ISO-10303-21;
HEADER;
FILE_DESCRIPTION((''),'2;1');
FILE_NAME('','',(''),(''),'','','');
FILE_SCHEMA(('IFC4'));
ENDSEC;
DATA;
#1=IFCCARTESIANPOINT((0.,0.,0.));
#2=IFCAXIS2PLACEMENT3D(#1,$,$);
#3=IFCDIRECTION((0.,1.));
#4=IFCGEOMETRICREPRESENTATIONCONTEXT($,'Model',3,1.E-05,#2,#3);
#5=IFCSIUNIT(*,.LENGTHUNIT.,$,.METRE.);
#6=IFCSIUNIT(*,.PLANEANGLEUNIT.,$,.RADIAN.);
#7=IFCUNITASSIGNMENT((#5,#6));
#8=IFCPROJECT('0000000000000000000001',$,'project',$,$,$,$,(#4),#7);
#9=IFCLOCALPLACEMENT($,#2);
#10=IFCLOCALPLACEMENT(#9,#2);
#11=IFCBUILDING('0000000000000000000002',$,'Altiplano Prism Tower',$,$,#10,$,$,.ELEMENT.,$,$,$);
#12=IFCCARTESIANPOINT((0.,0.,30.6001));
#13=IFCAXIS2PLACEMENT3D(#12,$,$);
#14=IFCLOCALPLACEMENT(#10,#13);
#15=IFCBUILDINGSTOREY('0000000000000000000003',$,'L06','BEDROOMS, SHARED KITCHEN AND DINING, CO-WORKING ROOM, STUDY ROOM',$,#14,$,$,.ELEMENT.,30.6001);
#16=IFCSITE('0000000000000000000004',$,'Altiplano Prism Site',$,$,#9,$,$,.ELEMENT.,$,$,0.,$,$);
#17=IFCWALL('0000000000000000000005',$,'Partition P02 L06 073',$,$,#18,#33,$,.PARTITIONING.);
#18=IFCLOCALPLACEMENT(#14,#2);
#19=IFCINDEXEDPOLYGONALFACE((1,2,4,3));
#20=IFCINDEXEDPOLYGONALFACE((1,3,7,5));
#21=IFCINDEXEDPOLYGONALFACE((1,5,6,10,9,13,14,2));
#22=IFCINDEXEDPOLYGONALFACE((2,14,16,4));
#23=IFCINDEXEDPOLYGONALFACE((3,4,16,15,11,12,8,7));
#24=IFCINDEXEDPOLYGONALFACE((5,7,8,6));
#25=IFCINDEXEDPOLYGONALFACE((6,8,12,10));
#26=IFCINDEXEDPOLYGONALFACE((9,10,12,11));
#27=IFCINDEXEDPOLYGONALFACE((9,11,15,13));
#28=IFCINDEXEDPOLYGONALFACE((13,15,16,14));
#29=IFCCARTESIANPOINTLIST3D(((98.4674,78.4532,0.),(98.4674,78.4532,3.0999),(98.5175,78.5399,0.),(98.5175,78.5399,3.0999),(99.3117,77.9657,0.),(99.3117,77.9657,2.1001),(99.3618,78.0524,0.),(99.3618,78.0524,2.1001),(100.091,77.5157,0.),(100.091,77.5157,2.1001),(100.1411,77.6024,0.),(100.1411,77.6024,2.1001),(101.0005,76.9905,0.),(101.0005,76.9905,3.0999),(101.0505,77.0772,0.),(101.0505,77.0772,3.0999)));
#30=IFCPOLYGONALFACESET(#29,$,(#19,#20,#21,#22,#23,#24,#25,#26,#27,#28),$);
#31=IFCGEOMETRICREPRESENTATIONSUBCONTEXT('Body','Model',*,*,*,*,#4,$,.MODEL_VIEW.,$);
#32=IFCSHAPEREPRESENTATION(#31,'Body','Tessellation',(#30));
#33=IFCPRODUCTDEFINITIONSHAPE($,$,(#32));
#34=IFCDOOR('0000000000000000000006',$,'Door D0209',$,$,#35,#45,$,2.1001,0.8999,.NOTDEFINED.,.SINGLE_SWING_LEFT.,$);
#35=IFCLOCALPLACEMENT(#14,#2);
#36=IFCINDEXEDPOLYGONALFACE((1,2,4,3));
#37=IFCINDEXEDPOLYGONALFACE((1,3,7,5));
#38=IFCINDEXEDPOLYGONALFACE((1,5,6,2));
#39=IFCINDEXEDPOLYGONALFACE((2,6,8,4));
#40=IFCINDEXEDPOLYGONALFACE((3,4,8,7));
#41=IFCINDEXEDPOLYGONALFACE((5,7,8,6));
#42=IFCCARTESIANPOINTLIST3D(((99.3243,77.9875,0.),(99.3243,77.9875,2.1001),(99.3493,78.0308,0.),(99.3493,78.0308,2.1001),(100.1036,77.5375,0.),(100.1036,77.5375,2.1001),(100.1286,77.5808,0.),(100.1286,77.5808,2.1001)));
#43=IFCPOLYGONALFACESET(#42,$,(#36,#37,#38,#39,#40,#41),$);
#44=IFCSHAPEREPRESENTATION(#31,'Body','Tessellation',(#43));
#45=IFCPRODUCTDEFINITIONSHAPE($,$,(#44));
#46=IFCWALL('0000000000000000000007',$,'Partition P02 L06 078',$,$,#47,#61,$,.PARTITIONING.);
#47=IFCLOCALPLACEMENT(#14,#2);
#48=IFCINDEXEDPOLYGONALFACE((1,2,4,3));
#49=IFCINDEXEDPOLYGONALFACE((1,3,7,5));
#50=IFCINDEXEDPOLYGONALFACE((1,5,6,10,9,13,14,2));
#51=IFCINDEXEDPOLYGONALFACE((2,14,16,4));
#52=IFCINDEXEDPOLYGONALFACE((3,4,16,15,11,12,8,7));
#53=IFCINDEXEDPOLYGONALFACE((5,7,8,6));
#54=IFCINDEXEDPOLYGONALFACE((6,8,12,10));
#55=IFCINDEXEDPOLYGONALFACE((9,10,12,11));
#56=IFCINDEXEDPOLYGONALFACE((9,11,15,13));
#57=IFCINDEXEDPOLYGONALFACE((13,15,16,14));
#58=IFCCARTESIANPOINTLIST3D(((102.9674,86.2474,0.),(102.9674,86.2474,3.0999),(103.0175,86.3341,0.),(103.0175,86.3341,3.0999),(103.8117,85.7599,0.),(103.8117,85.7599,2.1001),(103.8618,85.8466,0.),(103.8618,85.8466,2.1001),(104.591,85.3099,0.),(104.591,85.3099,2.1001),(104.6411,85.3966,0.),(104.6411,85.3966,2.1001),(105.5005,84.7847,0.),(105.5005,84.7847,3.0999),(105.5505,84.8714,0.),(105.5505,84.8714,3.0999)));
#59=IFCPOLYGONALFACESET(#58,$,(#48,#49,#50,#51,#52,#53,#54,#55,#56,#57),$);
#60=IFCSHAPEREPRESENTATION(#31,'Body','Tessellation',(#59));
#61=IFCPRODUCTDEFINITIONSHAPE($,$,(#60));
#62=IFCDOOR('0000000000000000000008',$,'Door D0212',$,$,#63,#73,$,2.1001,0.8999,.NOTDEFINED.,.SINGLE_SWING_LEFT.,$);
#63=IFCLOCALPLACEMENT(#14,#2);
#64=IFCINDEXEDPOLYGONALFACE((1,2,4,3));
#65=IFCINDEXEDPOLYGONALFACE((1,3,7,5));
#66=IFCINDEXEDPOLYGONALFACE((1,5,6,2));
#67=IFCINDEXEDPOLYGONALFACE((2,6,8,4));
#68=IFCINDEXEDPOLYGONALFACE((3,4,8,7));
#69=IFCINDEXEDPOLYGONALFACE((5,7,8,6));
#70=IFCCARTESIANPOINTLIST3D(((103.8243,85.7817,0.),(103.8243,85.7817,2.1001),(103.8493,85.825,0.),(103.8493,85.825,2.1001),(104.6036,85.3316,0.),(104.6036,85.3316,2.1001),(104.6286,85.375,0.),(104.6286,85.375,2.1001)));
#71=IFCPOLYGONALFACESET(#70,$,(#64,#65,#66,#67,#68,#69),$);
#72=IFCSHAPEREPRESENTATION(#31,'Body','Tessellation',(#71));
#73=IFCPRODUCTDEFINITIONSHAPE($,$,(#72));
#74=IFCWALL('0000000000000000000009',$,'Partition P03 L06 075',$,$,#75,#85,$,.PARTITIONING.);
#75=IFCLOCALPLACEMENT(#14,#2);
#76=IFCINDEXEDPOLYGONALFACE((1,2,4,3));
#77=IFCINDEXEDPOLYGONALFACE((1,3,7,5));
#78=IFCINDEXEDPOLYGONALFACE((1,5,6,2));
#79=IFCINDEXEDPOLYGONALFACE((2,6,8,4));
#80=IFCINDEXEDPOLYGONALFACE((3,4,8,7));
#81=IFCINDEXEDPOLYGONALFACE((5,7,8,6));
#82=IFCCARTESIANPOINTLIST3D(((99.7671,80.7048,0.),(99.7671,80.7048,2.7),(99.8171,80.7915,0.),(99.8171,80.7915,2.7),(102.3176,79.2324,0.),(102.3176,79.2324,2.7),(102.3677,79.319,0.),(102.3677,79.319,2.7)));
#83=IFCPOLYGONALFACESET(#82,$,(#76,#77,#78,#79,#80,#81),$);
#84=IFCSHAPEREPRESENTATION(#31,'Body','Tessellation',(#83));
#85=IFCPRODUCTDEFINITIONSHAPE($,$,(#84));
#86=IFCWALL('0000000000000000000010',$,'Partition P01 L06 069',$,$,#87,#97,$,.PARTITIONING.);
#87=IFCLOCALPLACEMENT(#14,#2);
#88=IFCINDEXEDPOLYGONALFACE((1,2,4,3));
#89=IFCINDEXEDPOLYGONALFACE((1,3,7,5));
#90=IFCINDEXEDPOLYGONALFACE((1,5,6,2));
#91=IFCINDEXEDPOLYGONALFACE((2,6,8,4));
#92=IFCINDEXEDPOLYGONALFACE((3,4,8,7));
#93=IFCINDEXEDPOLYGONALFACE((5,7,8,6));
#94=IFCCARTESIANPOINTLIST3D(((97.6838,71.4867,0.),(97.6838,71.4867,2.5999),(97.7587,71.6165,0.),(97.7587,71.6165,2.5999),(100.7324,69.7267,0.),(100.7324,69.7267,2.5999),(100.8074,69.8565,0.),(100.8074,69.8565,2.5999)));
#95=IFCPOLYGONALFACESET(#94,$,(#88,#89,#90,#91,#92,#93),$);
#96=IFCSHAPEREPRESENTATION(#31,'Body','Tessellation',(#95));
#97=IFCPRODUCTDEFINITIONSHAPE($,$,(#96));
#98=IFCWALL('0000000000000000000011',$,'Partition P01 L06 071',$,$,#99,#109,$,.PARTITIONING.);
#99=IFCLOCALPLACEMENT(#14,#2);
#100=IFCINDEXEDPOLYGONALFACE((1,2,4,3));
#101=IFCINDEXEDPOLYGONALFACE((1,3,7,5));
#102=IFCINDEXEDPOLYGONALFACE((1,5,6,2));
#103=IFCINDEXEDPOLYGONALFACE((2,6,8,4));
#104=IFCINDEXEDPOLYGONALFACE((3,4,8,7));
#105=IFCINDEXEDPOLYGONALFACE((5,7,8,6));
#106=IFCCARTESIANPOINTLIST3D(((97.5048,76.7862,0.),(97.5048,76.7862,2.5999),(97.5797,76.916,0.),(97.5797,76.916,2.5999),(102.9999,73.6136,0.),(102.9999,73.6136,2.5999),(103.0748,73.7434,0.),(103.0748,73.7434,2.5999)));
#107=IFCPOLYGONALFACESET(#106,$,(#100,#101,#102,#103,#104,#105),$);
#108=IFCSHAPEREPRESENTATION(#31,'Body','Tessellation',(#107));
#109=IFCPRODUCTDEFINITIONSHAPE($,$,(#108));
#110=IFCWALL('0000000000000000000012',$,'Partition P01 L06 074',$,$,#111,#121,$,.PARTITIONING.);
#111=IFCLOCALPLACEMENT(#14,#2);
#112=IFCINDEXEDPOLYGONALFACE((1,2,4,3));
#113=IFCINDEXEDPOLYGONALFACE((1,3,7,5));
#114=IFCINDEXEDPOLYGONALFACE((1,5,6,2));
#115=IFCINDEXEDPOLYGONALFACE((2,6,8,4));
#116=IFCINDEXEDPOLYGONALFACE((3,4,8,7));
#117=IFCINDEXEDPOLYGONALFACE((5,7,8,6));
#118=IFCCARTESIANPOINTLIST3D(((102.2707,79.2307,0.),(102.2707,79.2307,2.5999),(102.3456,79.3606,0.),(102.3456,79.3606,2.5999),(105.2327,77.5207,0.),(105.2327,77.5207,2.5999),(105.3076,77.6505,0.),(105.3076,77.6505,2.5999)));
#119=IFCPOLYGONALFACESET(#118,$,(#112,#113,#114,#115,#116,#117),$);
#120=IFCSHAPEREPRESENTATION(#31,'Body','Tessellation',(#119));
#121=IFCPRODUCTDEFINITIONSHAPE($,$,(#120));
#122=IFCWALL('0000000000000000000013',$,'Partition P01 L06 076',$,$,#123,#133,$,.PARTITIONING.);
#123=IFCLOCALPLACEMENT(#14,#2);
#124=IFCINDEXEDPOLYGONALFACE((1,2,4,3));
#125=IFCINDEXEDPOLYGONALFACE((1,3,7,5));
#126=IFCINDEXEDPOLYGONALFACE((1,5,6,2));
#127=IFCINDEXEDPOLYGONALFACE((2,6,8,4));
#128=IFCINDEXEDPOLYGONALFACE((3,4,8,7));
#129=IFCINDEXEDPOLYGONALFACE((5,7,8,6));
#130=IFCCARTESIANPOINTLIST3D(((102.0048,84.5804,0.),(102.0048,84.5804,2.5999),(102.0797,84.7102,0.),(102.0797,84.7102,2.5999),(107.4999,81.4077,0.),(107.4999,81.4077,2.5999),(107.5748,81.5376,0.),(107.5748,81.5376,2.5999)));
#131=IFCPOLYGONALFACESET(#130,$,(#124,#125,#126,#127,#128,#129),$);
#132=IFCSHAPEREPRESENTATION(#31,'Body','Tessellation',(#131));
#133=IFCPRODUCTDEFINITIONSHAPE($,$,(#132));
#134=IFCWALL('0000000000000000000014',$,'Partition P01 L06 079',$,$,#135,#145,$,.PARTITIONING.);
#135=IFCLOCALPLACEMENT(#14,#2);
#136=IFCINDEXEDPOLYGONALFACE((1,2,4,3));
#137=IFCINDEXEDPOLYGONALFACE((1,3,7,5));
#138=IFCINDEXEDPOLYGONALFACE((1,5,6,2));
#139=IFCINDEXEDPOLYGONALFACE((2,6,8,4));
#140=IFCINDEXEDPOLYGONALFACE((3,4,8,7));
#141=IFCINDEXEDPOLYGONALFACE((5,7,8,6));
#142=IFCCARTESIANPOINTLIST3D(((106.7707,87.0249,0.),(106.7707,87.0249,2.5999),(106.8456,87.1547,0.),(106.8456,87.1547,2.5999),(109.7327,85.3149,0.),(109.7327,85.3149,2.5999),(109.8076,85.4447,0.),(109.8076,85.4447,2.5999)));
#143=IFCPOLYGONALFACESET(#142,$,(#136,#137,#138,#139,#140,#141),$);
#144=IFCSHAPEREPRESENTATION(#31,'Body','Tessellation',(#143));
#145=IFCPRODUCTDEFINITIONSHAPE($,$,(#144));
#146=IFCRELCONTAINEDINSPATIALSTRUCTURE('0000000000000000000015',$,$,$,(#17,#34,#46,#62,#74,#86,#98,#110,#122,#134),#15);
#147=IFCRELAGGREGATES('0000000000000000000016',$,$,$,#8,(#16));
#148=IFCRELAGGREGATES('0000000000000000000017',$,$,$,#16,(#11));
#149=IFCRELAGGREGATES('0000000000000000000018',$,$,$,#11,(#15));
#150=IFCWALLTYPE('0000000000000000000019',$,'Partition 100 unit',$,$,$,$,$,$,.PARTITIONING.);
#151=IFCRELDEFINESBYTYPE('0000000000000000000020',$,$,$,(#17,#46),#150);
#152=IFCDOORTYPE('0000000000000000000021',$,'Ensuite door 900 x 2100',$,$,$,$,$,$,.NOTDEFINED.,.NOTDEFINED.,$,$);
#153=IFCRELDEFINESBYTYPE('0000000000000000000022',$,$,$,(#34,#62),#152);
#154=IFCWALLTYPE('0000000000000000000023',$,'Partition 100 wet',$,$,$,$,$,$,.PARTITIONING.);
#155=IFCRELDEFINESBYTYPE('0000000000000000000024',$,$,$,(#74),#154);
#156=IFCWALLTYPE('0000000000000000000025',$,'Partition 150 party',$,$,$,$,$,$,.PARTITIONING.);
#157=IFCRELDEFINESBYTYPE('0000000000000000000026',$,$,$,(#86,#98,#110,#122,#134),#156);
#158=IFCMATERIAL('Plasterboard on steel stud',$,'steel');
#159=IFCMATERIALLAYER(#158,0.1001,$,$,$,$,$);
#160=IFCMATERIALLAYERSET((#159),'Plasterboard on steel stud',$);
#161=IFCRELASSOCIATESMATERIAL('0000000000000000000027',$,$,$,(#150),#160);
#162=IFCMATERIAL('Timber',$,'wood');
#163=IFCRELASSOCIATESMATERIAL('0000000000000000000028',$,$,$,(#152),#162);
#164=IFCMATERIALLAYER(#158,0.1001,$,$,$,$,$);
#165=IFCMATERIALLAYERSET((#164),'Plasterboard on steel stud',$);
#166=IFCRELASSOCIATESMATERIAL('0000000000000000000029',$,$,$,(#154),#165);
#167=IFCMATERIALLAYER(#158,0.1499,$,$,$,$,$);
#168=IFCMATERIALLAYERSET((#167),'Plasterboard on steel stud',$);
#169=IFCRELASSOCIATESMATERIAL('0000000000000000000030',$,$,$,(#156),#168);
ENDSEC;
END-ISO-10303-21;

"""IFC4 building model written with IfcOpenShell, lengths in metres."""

from ifc_helpers import new_model, si_unit, direction, frame, frame_2d, origin, place, context, subcontext, project, spatial, rectangle, extrude, material, layer, layer_set, type_object, element, fill, save


model = new_model("IFC4")

# Units and contexts
model_context = context("Model", 3, precision=1e-05, world=origin(), true_north=direction((0.0, 1.0)))
body_context = subcontext(model_context, "Body", "Model", "MODEL_VIEW")
ifc_project = project(units=[si_unit("LENGTHUNIT", "METRE"), si_unit("PLANEANGLEUNIT", "RADIAN")], contexts=[model_context])

# Site, building, storey
site_placement = place(None, origin())
site = spatial("IfcSite", under=ifc_project, at=site_placement, Name="Altiplano Prism Site", CompositionType="ELEMENT", RefElevation=0.0)
building_placement = place(site_placement, origin())
building = spatial("IfcBuilding", under=site, at=building_placement, Name="Altiplano Prism Tower", CompositionType="ELEMENT")
storey_placement = place(building_placement, frame((0.0, 0.0, 30.6001)))
storey = spatial("IfcBuildingStorey", under=building, at=storey_placement, Name="L06", Description="BEDROOMS, SHARED KITCHEN AND DINING, CO-WORKING ROOM, STUDY ROOM", CompositionType="ELEMENT", Elevation=30.6001)

# Shared definitions
ifc_material_1 = material(Name="Plasterboard on steel stud", Category="steel")
ifc_layer_1 = layer(ifc_material_1, 0.1001)
ifc_layer_set_1 = layer_set([ifc_layer_1], Name="Plasterboard on steel stud")
wall_type_1 = type_object("IfcWallType", Name="Partition 100 unit", PredefinedType="PARTITIONING", material=ifc_layer_set_1)

# Walls, openings, doors
wall_1_placement = place(storey_placement, frame((101.0254, 77.0339, 0.0), z_axis=(0.0, 0.0, 1.0), x_axis=(-0.86599, 0.500062, 0.0)))
wall_1 = element("IfcWall", 1, at=wall_1_placement, inside=storey, type_object=wall_type_1, Name="Partition P02 L06 073", PredefinedType="PARTITIONING", context=body_context, shape_type="SweptSolid", body=[
    extrude(rectangle(XDim=2.925, YDim=0.1001, at=frame_2d((1.4624, 0.0))), origin(), (0.0, 0.0, 1.0), 3.0999),
])
opening_1_placement = place(wall_1_placement, frame((1.05, 0.0, 0.0)))
opening_1 = element("IfcOpeningElement", 2, at=opening_1_placement, cuts=wall_1, PredefinedType="OPENING", context=body_context, shape_type="SweptSolid", body=[
    extrude(rectangle(XDim=0.8999, YDim=2.1001, at=frame_2d((0.45, 1.05))), frame((0.0, 0.0605, 0.0), z_axis=(0.0, -1.0, 0.0), x_axis=(1.0, 0.0, 0.0)), (0.0, 0.0, 1.0), 0.1211),
])
ifc_material_2 = material(Name="Timber", Category="wood")
door_type = type_object("IfcDoorType", Name="Ensuite door 900 x 2100", OperationType="NOTDEFINED", PredefinedType="NOTDEFINED", material=ifc_material_2)
door_1_placement = place(opening_1_placement, origin())
door_1 = element("IfcDoor", 3, at=door_1_placement, inside=storey, type_object=door_type, Name="Door D0209", OperationType="SINGLE_SWING_LEFT", OverallHeight=2.1001, OverallWidth=0.8999, PredefinedType="NOTDEFINED", context=body_context, shape_type="SweptSolid", body=[
    extrude(rectangle(XDim=0.8999, YDim=2.1001, at=frame_2d((0.45, 1.05))), frame((0.0, 0.0249, 0.0), z_axis=(0.0, -1.0, 0.0), x_axis=(1.0, 0.0, 0.0)), (0.0, 0.0, 1.0), 0.05),
])
fill(opening_1, door_1)
wall_2_placement = place(storey_placement, frame((105.5254, 84.8281, 0.0), z_axis=(0.0, 0.0, 1.0), x_axis=(-0.86599, 0.500062, 0.0)))
wall_2 = element("IfcWall", 4, at=wall_2_placement, inside=storey, type_object=wall_type_1, Name="Partition P02 L06 078", PredefinedType="PARTITIONING", context=body_context, shape_type="SweptSolid", body=[
    extrude(rectangle(XDim=2.925, YDim=0.1001, at=frame_2d((1.4624, 0.0))), origin(), (0.0, 0.0, 1.0), 3.0999),
])
opening_2_placement = place(wall_2_placement, frame((1.05, 0.0, 0.0)))
opening_2 = element("IfcOpeningElement", 5, at=opening_2_placement, cuts=wall_2, PredefinedType="OPENING", context=body_context, shape_type="SweptSolid", body=[
    extrude(rectangle(XDim=0.8999, YDim=2.1001, at=frame_2d((0.45, 1.05))), frame((0.0, 0.0605, 0.0), z_axis=(0.0, -1.0, 0.0), x_axis=(1.0, 0.0, 0.0)), (0.0, 0.0, 1.0), 0.1211),
])
door_2_placement = place(opening_2_placement, origin())
door_2 = element("IfcDoor", 6, at=door_2_placement, inside=storey, type_object=door_type, Name="Door D0212", OperationType="SINGLE_SWING_LEFT", OverallHeight=2.1001, OverallWidth=0.8999, PredefinedType="NOTDEFINED", context=body_context, shape_type="SweptSolid", body=[
    extrude(rectangle(XDim=0.8999, YDim=2.1001, at=frame_2d((0.45, 1.05))), frame((0.0, 0.0249, 0.0), z_axis=(0.0, -1.0, 0.0), x_axis=(1.0, 0.0, 0.0)), (0.0, 0.0, 1.0), 0.05),
])
fill(opening_2, door_2)

# Walls
ifc_layer_2 = layer(ifc_material_1, 0.1001)
ifc_layer_set_2 = layer_set([ifc_layer_2], Name="Plasterboard on steel stud")
wall_type_2 = type_object("IfcWallType", Name="Partition 100 wet", PredefinedType="PARTITIONING", material=ifc_layer_set_2)
wall_3_placement = place(storey_placement, frame((102.3428, 79.2756, 0.0), z_axis=(0.0, 0.0, 1.0), x_axis=(-0.866046, 0.499964, 0.0)))
element("IfcWall", 7, at=wall_3_placement, inside=storey, type_object=wall_type_2, Name="Partition P03 L06 075", PredefinedType="PARTITIONING", context=body_context, shape_type="SweptSolid", body=[
    extrude(rectangle(XDim=2.9451, YDim=0.1001, at=frame_2d((1.4727, 0.0))), origin(), (0.0, 0.0, 1.0), 2.7),
])
ifc_layer_3 = layer(ifc_material_1, 0.1499)
ifc_layer_set_3 = layer_set([ifc_layer_3], Name="Plasterboard on steel stud")
wall_type_3 = type_object("IfcWallType", Name="Partition 150 party", PredefinedType="PARTITIONING", material=ifc_layer_set_3)
wall_4_placement = place(storey_placement, frame((100.77, 69.7915, 0.0), z_axis=(0.0, 0.0, 1.0), x_axis=(-0.866037, 0.499981, 0.0)))
element("IfcWall", 8, at=wall_4_placement, inside=storey, type_object=wall_type_3, Name="Partition P01 L06 069", PredefinedType="PARTITIONING", context=body_context, shape_type="SweptSolid", body=[
    extrude(rectangle(XDim=3.5203, YDim=0.1499, at=frame_2d((1.7603, 0.0))), origin(), (0.0, 0.0, 1.0), 2.5999),
])
wall_5_placement = place(storey_placement, frame((103.0374, 73.6785, 0.0), z_axis=(0.0, 0.0, 1.0), x_axis=(-0.866025, 0.5, 0.0)))
element("IfcWall", 9, at=wall_5_placement, inside=storey, type_object=wall_type_3, Name="Partition P01 L06 071", PredefinedType="PARTITIONING", context=body_context, shape_type="SweptSolid", body=[
    extrude(rectangle(XDim=6.3452, YDim=0.1499, at=frame_2d((3.1726, 0.0))), origin(), (0.0, 0.0, 1.0), 2.5999),
])
wall_6_placement = place(storey_placement, frame((105.27, 77.5857, 0.0), z_axis=(0.0, 0.0, 1.0), x_axis=(-0.866038, 0.499978, 0.0)))
element("IfcWall", 10, at=wall_6_placement, inside=storey, type_object=wall_type_3, Name="Partition P01 L06 074", PredefinedType="PARTITIONING", context=body_context, shape_type="SweptSolid", body=[
    extrude(rectangle(XDim=3.4202, YDim=0.1499, at=frame_2d((1.71, 0.0))), origin(), (0.0, 0.0, 1.0), 2.5999),
])
wall_7_placement = place(storey_placement, frame((107.5374, 81.4727, 0.0), z_axis=(0.0, 0.0, 1.0), x_axis=(-0.866025, 0.5, 0.0)))
element("IfcWall", 11, at=wall_7_placement, inside=storey, type_object=wall_type_3, Name="Partition P01 L06 076", PredefinedType="PARTITIONING", context=body_context, shape_type="SweptSolid", body=[
    extrude(rectangle(XDim=6.3452, YDim=0.1499, at=frame_2d((3.1726, 0.0))), origin(), (0.0, 0.0, 1.0), 2.5999),
])
wall_8_placement = place(storey_placement, frame((109.77, 85.3799, 0.0), z_axis=(0.0, 0.0, 1.0), x_axis=(-0.866038, 0.499978, 0.0)))
element("IfcWall", 12, at=wall_8_placement, inside=storey, type_object=wall_type_3, Name="Partition P01 L06 079", PredefinedType="PARTITIONING", context=body_context, shape_type="SweptSolid", body=[
    extrude(rectangle(XDim=3.4202, YDim=0.1499, at=frame_2d((1.71, 0.0))), origin(), (0.0, 0.0, 1.0), 2.5999),
])

save(model, "model.ifc")
